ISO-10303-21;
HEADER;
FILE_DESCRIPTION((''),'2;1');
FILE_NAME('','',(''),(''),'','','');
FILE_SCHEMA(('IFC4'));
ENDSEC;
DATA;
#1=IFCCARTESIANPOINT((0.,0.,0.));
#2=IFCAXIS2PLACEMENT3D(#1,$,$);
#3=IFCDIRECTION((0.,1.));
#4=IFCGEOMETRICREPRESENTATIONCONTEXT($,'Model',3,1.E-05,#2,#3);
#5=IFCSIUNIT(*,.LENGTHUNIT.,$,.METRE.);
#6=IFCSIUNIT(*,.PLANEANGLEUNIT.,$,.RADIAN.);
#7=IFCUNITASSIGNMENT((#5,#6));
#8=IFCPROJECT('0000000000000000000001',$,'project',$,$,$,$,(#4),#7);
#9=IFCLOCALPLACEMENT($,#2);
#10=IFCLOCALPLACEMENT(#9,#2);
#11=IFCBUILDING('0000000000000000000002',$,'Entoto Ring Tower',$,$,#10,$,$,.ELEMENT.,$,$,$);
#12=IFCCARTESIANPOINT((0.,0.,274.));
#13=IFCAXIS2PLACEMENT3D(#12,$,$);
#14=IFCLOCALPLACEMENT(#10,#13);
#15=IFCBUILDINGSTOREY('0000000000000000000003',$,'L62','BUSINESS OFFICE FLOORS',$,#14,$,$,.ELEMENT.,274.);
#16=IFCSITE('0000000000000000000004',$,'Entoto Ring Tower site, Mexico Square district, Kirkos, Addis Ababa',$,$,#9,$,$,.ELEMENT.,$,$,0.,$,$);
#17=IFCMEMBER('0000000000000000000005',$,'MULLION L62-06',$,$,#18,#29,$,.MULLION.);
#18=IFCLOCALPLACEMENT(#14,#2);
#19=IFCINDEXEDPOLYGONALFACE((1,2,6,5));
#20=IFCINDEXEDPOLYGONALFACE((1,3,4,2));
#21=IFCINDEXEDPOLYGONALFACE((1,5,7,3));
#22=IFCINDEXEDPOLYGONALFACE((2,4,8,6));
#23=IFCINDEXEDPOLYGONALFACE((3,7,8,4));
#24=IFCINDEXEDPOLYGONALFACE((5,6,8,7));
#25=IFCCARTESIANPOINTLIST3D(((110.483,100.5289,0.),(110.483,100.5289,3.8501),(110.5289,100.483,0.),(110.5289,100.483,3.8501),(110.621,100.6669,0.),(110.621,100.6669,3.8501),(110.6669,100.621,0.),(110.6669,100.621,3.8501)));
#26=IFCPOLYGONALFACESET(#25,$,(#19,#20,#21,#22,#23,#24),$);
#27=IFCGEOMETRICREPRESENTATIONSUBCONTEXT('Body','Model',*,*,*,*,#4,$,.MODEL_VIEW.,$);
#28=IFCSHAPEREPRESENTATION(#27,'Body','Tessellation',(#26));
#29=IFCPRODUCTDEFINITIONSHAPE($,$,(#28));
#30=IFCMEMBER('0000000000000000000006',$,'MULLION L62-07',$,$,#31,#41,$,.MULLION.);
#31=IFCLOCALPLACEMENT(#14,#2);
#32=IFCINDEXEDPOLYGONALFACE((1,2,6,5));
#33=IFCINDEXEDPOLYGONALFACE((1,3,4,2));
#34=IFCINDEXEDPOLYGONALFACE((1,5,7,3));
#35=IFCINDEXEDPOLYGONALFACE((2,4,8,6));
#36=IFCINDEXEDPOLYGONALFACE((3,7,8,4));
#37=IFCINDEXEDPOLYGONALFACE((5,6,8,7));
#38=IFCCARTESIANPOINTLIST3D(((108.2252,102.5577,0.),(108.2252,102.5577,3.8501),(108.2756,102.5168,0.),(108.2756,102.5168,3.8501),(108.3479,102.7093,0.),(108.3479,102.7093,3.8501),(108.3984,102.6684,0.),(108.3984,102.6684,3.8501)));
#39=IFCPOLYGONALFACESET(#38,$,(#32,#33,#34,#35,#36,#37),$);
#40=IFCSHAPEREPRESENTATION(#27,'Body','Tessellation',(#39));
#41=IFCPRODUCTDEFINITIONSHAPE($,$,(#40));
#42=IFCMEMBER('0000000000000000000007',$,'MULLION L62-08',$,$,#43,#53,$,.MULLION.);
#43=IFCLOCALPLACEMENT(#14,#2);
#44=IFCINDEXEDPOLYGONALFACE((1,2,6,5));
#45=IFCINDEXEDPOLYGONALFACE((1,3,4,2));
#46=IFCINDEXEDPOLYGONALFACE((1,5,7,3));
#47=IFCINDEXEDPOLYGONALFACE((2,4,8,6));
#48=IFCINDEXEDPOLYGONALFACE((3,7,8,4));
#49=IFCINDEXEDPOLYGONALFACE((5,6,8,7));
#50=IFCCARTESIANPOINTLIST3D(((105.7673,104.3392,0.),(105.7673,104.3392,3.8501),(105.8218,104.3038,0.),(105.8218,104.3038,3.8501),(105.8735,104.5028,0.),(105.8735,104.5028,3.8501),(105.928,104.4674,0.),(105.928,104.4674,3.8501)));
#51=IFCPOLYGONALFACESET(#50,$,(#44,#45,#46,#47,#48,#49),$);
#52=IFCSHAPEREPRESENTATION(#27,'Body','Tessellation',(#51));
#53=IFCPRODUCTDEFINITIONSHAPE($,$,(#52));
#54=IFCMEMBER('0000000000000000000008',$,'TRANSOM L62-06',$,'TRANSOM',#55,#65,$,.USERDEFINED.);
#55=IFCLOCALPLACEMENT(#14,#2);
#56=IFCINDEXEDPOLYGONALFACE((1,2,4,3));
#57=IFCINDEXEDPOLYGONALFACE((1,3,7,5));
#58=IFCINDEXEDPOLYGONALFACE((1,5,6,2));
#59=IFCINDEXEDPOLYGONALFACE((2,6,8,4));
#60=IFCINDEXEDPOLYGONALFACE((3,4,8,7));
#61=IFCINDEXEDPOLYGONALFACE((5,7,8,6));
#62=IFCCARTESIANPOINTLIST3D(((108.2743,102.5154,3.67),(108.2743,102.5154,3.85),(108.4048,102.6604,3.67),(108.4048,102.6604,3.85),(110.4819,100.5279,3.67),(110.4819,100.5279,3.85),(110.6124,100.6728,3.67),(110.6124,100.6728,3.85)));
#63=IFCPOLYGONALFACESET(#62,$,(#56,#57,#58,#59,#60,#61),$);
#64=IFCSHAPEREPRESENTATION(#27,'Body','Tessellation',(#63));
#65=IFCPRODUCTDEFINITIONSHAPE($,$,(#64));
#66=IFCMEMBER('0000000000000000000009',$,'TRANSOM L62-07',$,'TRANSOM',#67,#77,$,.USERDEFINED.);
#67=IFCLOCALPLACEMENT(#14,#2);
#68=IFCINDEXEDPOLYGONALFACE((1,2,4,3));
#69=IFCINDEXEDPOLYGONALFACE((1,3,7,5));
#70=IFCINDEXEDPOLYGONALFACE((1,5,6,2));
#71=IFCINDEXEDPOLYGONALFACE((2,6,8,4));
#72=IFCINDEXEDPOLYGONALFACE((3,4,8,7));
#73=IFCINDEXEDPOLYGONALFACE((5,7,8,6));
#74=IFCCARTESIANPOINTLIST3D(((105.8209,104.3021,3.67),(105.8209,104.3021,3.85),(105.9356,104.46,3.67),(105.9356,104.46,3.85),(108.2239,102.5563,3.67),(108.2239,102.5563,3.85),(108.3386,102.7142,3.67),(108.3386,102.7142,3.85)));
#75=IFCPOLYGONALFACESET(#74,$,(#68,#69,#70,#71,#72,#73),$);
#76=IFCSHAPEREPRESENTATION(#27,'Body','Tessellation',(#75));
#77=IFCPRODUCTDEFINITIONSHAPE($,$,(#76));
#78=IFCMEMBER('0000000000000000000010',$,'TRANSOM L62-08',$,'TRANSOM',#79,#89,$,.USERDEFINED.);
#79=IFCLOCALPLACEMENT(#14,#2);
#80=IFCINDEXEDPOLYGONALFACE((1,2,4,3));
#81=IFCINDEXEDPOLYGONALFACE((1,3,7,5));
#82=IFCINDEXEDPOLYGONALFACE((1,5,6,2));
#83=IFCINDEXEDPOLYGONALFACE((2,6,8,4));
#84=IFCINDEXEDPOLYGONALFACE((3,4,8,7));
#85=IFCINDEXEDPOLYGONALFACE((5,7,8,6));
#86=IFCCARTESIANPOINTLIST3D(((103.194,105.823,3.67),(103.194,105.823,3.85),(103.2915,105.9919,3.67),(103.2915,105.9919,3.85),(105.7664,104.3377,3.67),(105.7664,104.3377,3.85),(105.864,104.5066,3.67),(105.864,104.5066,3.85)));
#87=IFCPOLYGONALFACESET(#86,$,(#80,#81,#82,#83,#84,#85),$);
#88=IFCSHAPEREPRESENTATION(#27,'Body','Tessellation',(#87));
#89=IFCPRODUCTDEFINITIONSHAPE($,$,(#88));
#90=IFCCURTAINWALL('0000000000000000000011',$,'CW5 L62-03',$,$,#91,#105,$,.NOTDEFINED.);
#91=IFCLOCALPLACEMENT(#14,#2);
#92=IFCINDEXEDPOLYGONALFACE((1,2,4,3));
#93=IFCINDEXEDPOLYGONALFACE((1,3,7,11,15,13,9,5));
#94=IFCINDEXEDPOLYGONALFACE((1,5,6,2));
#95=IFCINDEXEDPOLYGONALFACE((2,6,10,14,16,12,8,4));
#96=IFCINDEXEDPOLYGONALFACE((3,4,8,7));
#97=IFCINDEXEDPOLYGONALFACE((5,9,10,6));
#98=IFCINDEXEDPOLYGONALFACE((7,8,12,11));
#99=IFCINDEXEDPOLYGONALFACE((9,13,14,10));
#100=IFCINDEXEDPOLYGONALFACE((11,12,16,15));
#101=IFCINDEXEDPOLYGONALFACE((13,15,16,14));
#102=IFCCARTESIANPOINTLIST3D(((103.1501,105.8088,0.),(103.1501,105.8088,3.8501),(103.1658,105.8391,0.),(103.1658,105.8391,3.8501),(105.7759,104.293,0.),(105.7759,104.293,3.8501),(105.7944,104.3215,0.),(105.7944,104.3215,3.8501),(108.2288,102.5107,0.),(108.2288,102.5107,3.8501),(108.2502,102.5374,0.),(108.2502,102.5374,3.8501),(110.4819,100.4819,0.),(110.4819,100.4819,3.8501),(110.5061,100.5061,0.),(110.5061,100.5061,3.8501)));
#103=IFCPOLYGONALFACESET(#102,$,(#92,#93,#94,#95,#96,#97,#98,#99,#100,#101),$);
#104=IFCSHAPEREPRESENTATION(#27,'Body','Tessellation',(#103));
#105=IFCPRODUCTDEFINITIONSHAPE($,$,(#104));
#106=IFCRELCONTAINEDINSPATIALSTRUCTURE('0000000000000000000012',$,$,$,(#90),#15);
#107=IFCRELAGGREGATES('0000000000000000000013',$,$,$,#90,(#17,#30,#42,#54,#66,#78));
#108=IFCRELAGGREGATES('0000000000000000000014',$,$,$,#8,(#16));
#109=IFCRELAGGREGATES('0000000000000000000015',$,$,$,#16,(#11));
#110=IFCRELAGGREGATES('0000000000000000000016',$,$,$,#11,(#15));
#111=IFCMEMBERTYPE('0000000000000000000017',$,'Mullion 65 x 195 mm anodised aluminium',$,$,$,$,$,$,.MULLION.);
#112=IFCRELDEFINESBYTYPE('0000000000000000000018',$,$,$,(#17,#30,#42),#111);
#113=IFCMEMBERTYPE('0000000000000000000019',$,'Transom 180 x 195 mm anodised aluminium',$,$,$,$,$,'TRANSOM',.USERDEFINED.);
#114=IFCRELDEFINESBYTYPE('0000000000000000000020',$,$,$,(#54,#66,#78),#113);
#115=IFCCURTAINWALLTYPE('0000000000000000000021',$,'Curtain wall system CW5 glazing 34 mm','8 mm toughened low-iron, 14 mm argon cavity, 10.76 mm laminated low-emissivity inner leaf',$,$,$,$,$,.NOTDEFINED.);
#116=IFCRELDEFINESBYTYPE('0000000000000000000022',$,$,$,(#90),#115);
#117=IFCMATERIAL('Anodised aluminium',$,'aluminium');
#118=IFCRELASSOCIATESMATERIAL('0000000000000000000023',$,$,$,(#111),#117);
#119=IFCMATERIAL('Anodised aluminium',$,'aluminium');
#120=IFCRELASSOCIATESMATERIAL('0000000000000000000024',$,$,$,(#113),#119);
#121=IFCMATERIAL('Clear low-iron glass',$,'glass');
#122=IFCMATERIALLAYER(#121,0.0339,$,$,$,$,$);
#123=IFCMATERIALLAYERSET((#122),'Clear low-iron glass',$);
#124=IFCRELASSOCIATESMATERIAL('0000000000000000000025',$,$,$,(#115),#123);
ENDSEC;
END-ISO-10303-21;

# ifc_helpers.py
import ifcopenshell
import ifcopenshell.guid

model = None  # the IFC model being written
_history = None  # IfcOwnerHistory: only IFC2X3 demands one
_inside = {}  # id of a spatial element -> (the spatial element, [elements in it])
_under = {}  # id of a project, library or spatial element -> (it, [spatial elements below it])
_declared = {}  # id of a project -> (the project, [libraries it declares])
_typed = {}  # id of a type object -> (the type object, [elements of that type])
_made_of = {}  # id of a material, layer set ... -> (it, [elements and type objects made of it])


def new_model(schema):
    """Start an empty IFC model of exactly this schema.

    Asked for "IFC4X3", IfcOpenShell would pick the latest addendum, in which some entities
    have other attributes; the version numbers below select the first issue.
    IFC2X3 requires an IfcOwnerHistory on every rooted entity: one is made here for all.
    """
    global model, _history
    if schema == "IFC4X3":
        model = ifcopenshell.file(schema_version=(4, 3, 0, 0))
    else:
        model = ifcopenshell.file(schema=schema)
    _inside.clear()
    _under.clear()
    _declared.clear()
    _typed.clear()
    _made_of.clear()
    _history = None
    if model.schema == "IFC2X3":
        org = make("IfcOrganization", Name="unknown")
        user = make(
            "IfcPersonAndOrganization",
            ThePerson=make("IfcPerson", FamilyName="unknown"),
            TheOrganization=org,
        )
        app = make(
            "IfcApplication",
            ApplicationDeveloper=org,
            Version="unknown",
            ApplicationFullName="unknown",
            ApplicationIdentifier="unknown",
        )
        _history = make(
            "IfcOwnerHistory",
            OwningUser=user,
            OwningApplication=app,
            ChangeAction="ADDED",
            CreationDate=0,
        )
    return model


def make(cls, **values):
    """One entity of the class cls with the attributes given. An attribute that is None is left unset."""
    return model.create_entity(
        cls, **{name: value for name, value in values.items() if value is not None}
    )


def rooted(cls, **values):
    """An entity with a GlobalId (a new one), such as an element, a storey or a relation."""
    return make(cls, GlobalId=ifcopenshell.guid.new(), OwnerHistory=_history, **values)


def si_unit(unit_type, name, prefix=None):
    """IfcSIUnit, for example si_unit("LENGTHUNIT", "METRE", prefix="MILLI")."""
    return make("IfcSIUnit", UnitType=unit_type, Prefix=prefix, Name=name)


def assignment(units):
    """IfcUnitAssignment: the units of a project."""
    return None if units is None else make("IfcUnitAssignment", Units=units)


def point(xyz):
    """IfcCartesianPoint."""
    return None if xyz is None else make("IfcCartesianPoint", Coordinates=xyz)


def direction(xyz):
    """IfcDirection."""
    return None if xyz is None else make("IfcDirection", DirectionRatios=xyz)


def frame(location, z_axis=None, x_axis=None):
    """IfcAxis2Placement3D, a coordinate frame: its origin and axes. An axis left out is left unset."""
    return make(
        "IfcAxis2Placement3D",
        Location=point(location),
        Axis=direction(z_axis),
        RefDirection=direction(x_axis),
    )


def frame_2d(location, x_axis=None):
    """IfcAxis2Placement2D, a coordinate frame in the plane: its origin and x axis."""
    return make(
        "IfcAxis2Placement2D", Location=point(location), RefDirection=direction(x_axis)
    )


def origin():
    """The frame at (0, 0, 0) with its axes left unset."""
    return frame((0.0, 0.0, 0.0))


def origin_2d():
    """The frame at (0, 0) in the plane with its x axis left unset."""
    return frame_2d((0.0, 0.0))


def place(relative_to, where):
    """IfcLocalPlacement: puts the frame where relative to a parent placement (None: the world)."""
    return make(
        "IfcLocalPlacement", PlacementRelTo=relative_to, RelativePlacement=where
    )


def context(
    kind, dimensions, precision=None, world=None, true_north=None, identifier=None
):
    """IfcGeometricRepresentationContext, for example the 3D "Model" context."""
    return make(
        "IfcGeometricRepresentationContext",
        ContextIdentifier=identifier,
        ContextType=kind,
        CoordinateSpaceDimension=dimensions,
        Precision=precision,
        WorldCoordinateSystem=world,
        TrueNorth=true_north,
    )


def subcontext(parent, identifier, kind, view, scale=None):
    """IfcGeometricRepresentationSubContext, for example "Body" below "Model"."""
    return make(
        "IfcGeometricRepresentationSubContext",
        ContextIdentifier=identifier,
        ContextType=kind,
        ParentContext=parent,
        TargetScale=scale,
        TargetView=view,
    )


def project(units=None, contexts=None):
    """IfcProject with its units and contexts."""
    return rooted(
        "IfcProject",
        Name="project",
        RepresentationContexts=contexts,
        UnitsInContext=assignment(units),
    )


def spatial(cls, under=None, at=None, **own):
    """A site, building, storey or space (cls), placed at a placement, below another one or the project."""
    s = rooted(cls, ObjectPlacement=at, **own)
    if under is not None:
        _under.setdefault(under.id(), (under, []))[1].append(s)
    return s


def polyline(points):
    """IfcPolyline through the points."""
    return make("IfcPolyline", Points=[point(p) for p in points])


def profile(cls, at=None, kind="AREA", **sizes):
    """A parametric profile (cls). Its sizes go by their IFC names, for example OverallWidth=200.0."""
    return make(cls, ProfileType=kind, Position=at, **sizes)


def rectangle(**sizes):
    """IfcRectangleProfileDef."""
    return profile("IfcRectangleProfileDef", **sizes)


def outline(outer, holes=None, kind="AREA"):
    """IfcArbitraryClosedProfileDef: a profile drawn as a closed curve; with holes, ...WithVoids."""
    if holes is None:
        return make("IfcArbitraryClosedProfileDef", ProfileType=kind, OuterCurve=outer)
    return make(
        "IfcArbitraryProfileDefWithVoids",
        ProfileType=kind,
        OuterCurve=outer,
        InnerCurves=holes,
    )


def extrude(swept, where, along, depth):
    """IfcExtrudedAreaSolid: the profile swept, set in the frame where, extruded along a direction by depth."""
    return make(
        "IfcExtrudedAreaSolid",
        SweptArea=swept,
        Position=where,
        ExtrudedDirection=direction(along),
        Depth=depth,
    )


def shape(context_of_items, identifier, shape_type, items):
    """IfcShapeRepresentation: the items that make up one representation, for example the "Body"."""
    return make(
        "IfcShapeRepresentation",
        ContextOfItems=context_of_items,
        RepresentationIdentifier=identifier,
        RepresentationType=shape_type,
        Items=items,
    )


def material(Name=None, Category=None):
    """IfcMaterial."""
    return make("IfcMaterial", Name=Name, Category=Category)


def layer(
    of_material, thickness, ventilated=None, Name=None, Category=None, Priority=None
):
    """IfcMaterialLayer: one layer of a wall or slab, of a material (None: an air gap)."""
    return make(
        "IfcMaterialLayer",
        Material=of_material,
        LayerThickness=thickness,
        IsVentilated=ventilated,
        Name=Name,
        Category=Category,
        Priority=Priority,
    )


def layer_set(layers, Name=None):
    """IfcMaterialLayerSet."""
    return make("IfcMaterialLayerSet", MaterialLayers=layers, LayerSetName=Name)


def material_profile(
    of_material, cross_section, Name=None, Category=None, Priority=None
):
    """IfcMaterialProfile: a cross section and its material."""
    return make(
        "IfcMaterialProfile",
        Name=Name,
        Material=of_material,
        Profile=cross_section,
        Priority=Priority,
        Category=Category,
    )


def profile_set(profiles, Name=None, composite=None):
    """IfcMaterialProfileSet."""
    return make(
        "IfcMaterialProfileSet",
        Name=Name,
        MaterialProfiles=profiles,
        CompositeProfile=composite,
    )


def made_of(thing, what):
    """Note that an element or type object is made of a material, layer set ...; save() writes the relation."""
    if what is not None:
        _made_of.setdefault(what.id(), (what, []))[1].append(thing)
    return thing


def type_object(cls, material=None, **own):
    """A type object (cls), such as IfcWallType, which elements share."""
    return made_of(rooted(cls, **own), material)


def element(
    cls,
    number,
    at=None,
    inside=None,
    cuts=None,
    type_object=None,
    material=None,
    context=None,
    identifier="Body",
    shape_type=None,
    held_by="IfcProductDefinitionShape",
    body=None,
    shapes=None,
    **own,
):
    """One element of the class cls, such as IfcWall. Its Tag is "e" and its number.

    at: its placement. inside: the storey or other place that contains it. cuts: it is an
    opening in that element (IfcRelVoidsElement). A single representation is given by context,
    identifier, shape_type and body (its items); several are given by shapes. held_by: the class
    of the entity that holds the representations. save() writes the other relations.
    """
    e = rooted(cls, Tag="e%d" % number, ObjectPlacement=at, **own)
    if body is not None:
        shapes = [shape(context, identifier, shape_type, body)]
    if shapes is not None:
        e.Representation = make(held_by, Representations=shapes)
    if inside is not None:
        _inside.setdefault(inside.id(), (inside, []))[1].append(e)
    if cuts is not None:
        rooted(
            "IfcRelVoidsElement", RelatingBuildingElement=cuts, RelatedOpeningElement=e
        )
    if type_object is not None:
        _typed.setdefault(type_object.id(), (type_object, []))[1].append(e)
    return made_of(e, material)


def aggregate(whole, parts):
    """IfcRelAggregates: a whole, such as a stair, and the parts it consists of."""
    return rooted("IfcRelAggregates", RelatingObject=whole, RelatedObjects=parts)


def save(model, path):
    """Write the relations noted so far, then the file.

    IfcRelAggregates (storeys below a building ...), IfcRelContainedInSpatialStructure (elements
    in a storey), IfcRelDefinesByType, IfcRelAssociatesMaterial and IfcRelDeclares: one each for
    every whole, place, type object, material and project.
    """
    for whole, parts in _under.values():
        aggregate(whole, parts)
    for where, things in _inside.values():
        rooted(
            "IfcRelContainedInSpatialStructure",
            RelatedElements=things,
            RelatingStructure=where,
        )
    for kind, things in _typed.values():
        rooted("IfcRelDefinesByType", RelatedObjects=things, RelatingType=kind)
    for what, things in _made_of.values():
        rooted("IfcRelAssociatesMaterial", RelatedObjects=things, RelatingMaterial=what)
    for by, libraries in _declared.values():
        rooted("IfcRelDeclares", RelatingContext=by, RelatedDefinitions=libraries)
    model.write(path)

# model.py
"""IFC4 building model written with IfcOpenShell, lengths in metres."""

from ifc_helpers import new_model, si_unit, direction, frame, origin, origin_2d, place, context, subcontext, project, spatial, polyline, rectangle, outline, extrude, material, layer, layer_set, material_profile, profile_set, type_object, element, aggregate, save


model = new_model("IFC4")

# Units and contexts
model_context = context("Model", 3, precision=1e-05, world=origin(), true_north=direction((0.0, 1.0)))
body_context = subcontext(model_context, "Body", "Model", "MODEL_VIEW")
ifc_project = project(units=[si_unit("LENGTHUNIT", "METRE"), si_unit("PLANEANGLEUNIT", "RADIAN")], contexts=[model_context])

# Members
ifc_material_1 = material(Name="Anodised aluminium", Category="aluminium")
ifc_material_profile_1 = material_profile(ifc_material_1, rectangle(XDim=0.0649, YDim=0.1951, at=origin_2d()), Name="Mullion 65 x 195 mm anodised aluminium")
ifc_profile_set_1 = profile_set([ifc_material_profile_1], Name="Anodised aluminium")
member_type_1 = type_object("IfcMemberType", Name="Mullion 65 x 195 mm anodised aluminium", PredefinedType="MULLION", material=ifc_profile_set_1)
site_placement = place(None, origin())
building_placement = place(site_placement, origin())
storey_placement = place(building_placement, frame((0.0, 0.0, 274.0)))
member_1_placement = place(storey_placement, frame((110.575, 100.575, 0.0), z_axis=(0.0, 0.0, 1.0), x_axis=(-0.707107, 0.707107, 0.0)))
member_1 = element("IfcMember", 1, at=member_1_placement, type_object=member_type_1, Name="MULLION L62-06", PredefinedType="MULLION", context=body_context, shape_type="SweptSolid", body=[
    extrude(rectangle(XDim=0.0649, YDim=0.1951, at=origin_2d()), origin(), (0.0, 0.0, 1.0), 3.8501),
])
member_2_placement = place(storey_placement, frame((108.3118, 102.613, 0.0), z_axis=(0.0, 0.0, 1.0), x_axis=(-0.777146, 0.62932, 0.0)))
member_2 = element("IfcMember", 2, at=member_2_placement, type_object=member_type_1, Name="MULLION L62-07", PredefinedType="MULLION", context=body_context, shape_type="SweptSolid", body=[
    extrude(rectangle(XDim=0.0649, YDim=0.1951, at=origin_2d()), origin(), (0.0, 0.0, 1.0), 3.8501),
])
member_3_placement = place(storey_placement, frame((105.8477, 104.4033, 0.0), z_axis=(0.0, 0.0, 1.0), x_axis=(-0.838671, 0.544639, 0.0)))
member_3 = element("IfcMember", 3, at=member_3_placement, type_object=member_type_1, Name="MULLION L62-08", PredefinedType="MULLION", context=body_context, shape_type="SweptSolid", body=[
    extrude(rectangle(XDim=0.0649, YDim=0.1951, at=origin_2d()), origin(), (0.0, 0.0, 1.0), 3.8501),
])
ifc_material_2 = material(Name="Anodised aluminium", Category="aluminium")
ifc_material_profile_2 = material_profile(ifc_material_2, rectangle(XDim=0.1951, YDim=0.1799, at=origin_2d()), Name="Transom 180 x 195 mm anodised aluminium")
ifc_profile_set_2 = profile_set([ifc_material_profile_2], Name="Anodised aluminium")
member_type_2 = type_object("IfcMemberType", Name="Transom 180 x 195 mm anodised aluminium", ElementType="TRANSOM", PredefinedType="USERDEFINED", material=ifc_profile_set_2)
member_4_placement = place(storey_placement, frame((110.5471, 100.6003, 3.76), z_axis=(-0.743163, 0.66911, 0.0), x_axis=(-0.66911, -0.743163, 0.0)))
member_4 = element("IfcMember", 4, at=member_4_placement, type_object=member_type_2, Name="TRANSOM L62-06", ObjectType="TRANSOM", PredefinedType="USERDEFINED", context=body_context, shape_type="SweptSolid", body=[
    extrude(rectangle(XDim=0.1951, YDim=0.1799, at=origin_2d()), origin(), (0.0, 0.0, 1.0), 2.9705),
])
member_5_placement = place(storey_placement, frame((108.2812, 102.6353, 3.76), z_axis=(-0.809031, 0.587766, 0.0), x_axis=(-0.587766, -0.809031, 0.0)))
member_5 = element("IfcMember", 5, at=member_5_placement, type_object=member_type_2, Name="TRANSOM L62-07", ObjectType="TRANSOM", PredefinedType="USERDEFINED", context=body_context, shape_type="SweptSolid", body=[
    extrude(rectangle(XDim=0.1951, YDim=0.1799, at=origin_2d()), origin(), (0.0, 0.0, 1.0), 2.9702),
])
member_6_placement = place(storey_placement, frame((105.8152, 104.4221, 3.76), z_axis=(-0.866009, 0.500028, 0.0), x_axis=(-0.500028, -0.866009, 0.0)))
member_6 = element("IfcMember", 6, at=member_6_placement, type_object=member_type_2, Name="TRANSOM L62-08", ObjectType="TRANSOM", PredefinedType="USERDEFINED", context=body_context, shape_type="SweptSolid", body=[
    extrude(rectangle(XDim=0.1951, YDim=0.1799, at=origin_2d()), origin(), (0.0, 0.0, 1.0), 2.9705),
])

# Site, building, storey
site = spatial("IfcSite", under=ifc_project, at=site_placement, Name="Entoto Ring Tower site, Mexico Square district, Kirkos, Addis Ababa", CompositionType="ELEMENT", RefElevation=0.0)
building = spatial("IfcBuilding", under=site, at=building_placement, Name="Entoto Ring Tower", CompositionType="ELEMENT")
storey = spatial("IfcBuildingStorey", under=building, at=storey_placement, Name="L62", Description="BUSINESS OFFICE FLOORS", CompositionType="ELEMENT", Elevation=274.0)

# Curtain wall
ifc_material_3 = material(Name="Clear low-iron glass", Category="glass")
ifc_layer = layer(ifc_material_3, 0.0339)
ifc_layer_set = layer_set([ifc_layer], Name="Clear low-iron glass")
curtain_wall_type = type_object("IfcCurtainWallType", Name="Curtain wall system CW5 glazing 34 mm", Description="8 mm toughened low-iron, 14 mm argon cavity, 10.76 mm laminated low-emissivity inner leaf", PredefinedType="NOTDEFINED", material=ifc_layer_set)
curtain_wall_1_placement = place(storey_placement, origin())
curtain_wall_1 = element("IfcCurtainWall", 7, at=curtain_wall_1_placement, inside=storey, type_object=curtain_wall_type, Name="CW5 L62-03", PredefinedType="NOTDEFINED", context=body_context, shape_type="SweptSolid", body=[
    extrude(outline(polyline([(110.5061, 100.5061), (108.2502, 102.5374), (105.7944, 104.3215), (103.1658, 105.8391), (103.1501, 105.8088), (105.7759, 104.293), (108.2288, 102.5107), (110.4819, 100.4819), (110.5061, 100.5061)])), origin(), (0.0, 0.0, 1.0), 3.8501),
])
aggregate(curtain_wall_1, [member_1, member_2, member_3, member_4, member_5, member_6])

save(model, "model.ifc")
